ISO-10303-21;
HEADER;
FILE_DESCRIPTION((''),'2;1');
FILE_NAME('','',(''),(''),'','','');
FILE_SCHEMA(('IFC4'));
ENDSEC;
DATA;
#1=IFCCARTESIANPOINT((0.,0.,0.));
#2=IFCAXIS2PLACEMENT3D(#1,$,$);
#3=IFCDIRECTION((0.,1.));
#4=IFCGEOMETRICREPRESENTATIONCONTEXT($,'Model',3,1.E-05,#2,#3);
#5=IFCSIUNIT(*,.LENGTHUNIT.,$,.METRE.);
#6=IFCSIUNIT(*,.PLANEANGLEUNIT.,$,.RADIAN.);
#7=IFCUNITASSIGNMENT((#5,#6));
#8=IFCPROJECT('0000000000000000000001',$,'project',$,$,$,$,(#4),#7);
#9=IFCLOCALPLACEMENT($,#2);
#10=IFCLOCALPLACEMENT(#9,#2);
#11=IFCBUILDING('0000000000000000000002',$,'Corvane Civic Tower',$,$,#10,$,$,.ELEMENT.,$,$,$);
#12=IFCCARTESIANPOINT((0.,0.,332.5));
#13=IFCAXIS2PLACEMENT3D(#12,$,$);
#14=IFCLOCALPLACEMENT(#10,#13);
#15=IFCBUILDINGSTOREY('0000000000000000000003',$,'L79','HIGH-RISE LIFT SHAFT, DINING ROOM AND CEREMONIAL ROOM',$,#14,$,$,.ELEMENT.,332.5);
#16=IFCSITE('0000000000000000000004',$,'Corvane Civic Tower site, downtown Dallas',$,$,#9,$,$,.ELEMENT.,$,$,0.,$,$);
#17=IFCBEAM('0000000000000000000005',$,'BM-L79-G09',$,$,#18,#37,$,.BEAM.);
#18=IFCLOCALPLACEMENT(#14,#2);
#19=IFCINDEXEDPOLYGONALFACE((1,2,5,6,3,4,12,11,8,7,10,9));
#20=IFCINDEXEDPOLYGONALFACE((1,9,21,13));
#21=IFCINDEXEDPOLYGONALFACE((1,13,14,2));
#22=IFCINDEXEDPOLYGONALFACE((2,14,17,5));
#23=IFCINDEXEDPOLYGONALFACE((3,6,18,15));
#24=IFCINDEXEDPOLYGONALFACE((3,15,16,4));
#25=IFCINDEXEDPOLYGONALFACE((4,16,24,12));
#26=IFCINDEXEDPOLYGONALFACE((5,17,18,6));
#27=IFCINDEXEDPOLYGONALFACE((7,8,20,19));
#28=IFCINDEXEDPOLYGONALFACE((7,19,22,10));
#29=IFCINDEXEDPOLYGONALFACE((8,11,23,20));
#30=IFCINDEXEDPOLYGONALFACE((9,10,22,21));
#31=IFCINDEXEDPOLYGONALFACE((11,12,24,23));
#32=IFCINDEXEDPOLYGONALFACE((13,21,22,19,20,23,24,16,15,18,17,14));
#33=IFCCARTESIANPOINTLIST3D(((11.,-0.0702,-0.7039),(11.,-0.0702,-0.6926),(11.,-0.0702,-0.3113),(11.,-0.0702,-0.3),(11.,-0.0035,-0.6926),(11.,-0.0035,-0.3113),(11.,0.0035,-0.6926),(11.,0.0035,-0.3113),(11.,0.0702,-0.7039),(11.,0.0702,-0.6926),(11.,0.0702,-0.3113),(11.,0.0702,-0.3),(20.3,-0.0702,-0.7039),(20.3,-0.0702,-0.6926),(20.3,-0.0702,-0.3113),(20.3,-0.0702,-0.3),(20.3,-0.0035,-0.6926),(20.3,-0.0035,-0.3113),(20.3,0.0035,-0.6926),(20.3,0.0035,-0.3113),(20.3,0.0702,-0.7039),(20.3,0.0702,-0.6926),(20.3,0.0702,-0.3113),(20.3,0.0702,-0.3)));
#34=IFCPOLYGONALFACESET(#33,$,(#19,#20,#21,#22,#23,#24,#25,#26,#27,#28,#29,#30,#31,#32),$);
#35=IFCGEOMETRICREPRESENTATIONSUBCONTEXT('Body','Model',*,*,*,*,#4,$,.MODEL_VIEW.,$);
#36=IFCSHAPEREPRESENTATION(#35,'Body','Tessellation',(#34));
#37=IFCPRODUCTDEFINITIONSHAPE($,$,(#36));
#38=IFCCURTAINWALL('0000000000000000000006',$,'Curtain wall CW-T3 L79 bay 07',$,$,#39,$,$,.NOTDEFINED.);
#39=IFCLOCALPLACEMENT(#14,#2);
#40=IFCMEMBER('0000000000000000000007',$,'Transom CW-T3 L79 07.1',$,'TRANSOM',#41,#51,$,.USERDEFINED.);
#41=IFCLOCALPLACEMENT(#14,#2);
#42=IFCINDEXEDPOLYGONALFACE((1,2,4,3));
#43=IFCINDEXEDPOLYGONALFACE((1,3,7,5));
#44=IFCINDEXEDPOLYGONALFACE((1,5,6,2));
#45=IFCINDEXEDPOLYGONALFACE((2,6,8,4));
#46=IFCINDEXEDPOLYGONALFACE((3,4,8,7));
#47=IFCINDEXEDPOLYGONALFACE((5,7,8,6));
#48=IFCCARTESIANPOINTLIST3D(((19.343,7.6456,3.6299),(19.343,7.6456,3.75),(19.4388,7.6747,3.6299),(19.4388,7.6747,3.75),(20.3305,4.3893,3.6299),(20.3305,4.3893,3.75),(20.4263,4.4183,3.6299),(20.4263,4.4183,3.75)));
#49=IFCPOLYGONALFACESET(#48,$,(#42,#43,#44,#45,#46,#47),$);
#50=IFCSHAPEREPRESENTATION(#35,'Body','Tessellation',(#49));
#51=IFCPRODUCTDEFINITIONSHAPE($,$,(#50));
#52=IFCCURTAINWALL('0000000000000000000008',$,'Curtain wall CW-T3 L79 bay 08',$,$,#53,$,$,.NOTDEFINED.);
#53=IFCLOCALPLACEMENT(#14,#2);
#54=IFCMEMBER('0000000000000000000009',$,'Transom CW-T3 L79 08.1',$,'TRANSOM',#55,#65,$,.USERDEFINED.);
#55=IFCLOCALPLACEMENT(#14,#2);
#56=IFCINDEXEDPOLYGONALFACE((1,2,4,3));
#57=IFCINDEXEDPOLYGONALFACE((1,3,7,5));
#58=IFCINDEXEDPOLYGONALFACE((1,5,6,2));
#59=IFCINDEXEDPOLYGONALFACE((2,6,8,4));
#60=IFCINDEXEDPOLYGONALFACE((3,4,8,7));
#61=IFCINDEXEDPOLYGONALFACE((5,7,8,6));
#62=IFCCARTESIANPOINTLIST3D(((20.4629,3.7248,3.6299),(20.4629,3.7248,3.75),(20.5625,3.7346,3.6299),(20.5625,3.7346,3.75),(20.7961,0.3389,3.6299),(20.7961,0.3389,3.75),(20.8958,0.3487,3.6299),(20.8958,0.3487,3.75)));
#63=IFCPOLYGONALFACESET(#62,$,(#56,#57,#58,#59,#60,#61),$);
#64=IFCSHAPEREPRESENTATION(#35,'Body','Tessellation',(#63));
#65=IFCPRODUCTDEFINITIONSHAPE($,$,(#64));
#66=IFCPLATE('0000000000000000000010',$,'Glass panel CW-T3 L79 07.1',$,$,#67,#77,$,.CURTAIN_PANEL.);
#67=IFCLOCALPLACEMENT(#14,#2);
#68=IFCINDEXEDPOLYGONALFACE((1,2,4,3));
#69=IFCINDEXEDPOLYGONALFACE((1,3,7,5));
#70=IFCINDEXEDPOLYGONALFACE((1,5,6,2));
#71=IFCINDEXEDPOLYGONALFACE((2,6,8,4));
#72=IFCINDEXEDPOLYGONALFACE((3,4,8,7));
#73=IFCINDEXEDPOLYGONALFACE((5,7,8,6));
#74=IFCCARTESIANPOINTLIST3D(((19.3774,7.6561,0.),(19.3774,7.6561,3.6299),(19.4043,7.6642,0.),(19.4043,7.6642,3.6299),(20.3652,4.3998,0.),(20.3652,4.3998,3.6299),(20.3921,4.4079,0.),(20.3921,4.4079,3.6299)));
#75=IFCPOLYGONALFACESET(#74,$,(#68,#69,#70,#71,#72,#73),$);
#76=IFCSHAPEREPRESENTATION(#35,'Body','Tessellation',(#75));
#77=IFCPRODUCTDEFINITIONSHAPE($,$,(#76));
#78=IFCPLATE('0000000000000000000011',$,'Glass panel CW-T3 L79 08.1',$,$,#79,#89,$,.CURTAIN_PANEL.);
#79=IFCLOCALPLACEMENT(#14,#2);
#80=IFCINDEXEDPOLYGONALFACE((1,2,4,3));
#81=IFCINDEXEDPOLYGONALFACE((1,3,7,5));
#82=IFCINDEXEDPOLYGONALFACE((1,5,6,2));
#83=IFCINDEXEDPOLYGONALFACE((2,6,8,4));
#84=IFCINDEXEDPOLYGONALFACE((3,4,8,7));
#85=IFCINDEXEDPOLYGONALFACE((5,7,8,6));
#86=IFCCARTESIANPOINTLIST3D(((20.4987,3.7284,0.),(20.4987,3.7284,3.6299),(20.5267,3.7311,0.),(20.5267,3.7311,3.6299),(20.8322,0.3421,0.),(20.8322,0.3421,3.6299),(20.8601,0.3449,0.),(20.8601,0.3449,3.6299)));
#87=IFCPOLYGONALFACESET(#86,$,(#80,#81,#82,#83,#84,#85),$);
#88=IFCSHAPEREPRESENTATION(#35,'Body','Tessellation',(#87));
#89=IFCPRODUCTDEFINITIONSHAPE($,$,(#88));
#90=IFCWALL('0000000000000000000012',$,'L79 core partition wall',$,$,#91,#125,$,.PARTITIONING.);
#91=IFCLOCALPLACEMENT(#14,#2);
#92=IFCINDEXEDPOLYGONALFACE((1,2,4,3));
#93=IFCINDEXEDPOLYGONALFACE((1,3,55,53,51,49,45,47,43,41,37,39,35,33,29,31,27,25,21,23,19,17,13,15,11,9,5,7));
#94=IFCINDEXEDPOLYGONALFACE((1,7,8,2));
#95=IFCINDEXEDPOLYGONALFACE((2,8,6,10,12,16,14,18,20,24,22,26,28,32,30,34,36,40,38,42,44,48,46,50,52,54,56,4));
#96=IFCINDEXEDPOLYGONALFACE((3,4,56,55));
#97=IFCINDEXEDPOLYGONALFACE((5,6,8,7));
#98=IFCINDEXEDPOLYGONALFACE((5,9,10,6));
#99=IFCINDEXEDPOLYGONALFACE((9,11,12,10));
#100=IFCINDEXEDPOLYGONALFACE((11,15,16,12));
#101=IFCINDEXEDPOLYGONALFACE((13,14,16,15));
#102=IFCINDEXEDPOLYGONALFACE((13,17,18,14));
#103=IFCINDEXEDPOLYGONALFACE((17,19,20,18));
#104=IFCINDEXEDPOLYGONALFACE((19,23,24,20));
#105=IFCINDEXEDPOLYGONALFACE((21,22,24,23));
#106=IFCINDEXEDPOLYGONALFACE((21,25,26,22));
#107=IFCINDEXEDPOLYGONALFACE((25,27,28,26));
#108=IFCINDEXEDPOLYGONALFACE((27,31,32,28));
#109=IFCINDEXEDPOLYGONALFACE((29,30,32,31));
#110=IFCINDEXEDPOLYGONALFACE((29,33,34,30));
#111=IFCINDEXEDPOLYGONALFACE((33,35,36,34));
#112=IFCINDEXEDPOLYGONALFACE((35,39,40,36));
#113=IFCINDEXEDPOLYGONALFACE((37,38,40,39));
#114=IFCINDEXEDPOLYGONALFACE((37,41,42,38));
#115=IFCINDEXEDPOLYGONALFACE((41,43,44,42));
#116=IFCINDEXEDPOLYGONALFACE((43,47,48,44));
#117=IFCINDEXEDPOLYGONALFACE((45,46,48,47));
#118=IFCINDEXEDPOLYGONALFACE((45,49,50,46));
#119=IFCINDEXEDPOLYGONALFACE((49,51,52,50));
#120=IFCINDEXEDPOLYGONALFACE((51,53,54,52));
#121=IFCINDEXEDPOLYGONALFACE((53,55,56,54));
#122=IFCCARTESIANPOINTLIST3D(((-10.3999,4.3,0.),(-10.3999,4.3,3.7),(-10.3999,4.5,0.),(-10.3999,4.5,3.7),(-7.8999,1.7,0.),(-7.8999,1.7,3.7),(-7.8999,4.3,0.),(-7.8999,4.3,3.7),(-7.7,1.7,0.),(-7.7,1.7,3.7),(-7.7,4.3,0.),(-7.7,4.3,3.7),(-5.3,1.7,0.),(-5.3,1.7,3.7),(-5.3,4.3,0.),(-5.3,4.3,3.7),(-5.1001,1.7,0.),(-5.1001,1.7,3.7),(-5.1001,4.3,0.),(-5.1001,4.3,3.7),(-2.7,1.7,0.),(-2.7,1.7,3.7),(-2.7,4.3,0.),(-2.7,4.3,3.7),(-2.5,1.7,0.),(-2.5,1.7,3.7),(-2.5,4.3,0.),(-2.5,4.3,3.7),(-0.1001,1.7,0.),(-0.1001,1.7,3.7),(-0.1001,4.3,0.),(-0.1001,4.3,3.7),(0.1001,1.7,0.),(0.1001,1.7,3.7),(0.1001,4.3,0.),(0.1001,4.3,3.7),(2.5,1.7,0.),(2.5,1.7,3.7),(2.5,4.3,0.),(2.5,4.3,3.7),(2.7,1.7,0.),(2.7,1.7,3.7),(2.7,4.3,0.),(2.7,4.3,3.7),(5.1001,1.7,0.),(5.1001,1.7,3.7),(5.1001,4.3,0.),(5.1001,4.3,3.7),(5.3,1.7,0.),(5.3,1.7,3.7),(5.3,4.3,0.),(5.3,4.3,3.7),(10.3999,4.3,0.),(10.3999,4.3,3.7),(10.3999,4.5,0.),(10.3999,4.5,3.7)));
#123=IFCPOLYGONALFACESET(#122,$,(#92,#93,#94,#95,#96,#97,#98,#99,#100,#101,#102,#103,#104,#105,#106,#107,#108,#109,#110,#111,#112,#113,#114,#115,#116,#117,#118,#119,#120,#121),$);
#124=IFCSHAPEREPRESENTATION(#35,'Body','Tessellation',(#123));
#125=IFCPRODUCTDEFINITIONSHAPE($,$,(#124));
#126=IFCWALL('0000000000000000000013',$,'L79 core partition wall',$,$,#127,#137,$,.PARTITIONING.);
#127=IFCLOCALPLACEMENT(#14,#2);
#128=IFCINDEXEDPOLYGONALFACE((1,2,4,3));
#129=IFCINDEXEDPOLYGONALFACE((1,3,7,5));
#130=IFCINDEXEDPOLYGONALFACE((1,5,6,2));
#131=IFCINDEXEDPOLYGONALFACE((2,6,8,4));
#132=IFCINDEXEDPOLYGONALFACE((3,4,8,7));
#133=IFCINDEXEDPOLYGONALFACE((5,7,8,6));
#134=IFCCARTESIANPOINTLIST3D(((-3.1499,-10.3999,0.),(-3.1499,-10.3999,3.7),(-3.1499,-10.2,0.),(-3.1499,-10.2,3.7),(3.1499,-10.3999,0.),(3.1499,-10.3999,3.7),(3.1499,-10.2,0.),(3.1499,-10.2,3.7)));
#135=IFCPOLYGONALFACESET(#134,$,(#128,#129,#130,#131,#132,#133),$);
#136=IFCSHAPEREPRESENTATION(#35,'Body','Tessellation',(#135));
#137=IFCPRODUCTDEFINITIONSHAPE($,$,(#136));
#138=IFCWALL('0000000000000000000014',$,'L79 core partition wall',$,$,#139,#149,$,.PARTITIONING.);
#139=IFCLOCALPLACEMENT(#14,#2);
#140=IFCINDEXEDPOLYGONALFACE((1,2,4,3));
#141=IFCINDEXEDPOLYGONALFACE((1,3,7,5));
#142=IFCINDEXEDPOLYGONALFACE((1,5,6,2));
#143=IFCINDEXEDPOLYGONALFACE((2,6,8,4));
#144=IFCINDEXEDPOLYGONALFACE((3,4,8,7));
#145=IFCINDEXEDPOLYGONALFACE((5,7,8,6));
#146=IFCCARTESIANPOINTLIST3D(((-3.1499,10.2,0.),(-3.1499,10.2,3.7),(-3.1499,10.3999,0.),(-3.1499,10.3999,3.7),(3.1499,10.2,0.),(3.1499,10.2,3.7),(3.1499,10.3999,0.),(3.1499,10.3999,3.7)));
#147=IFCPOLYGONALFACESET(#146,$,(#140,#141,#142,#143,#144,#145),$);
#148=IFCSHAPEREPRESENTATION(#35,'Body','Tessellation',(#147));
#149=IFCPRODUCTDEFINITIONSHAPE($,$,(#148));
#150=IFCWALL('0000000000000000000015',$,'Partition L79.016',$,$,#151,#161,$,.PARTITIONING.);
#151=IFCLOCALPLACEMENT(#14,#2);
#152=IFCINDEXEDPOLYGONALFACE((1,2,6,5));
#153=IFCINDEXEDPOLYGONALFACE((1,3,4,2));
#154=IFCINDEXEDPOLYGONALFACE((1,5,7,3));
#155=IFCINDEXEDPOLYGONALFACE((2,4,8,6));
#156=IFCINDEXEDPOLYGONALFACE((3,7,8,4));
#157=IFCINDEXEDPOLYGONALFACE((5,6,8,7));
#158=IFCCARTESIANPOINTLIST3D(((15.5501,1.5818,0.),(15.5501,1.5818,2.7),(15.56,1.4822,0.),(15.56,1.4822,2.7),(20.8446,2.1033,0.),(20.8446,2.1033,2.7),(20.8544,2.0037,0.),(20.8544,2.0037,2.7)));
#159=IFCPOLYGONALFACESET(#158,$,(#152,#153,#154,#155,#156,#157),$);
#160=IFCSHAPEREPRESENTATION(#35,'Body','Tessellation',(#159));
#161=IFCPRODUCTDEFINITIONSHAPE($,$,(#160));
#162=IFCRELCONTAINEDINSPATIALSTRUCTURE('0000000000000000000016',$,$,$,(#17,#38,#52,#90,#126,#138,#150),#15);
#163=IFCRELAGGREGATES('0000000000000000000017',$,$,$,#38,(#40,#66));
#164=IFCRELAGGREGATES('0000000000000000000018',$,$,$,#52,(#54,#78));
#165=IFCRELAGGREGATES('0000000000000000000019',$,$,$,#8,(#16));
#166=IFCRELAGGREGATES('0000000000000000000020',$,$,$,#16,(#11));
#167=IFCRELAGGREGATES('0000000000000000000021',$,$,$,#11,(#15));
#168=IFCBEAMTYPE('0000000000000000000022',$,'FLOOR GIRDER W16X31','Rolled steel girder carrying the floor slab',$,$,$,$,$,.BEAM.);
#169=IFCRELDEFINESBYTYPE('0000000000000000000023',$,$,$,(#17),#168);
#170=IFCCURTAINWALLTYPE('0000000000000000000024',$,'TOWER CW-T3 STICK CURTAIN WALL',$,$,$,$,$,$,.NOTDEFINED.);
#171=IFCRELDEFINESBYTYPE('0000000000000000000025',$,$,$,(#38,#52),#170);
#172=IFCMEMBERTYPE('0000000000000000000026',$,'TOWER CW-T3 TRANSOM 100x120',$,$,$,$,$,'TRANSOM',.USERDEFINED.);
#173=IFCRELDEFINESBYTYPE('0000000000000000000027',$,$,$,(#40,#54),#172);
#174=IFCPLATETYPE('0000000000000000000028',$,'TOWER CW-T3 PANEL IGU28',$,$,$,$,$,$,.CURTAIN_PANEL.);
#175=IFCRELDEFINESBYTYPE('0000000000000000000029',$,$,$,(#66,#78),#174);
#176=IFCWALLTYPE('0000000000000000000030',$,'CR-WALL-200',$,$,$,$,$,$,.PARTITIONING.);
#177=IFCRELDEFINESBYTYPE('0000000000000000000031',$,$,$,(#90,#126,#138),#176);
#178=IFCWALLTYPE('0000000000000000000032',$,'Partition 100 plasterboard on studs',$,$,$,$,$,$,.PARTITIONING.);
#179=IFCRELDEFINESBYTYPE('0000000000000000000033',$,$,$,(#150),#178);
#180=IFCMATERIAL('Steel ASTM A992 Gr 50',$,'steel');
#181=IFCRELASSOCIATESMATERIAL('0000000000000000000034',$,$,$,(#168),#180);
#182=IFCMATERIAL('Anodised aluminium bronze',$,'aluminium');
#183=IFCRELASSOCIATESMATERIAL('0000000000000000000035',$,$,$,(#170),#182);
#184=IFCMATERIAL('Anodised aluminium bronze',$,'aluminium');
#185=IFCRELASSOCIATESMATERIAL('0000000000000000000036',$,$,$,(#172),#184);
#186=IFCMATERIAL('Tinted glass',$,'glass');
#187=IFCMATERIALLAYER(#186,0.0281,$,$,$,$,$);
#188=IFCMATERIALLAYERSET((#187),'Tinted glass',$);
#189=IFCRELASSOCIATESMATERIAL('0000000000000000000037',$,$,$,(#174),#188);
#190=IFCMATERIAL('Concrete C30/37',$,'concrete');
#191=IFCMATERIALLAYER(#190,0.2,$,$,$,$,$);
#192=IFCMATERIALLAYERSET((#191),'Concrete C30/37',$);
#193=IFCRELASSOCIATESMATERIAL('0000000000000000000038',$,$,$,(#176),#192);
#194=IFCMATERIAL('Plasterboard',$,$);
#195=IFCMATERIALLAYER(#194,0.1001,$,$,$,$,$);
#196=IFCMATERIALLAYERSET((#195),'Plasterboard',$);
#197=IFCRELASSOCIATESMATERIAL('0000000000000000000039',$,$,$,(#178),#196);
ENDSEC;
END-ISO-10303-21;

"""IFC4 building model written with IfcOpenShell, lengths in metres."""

from ifc_helpers import new_model, si_unit, direction, frame, frame_2d, origin, origin_2d, place, context, subcontext, project, spatial, polyline, rectangle, i_section, outline, extrude, material, layer, layer_set, material_profile, profile_set, type_object, element, aggregate, save


model = new_model("IFC4")

# Units and contexts
model_context = context("Model", 3, precision=1e-05, world=origin(), true_north=direction((0.0, 1.0)))
body_context = subcontext(model_context, "Body", "Model", "MODEL_VIEW")
ifc_project = project(units=[si_unit("LENGTHUNIT", "METRE"), si_unit("PLANEANGLEUNIT", "RADIAN")], contexts=[model_context])

# Site, building, storey
site_placement = place(None, origin())
site = spatial("IfcSite", under=ifc_project, at=site_placement, Name="Corvane Civic Tower site, downtown Dallas", CompositionType="ELEMENT", RefElevation=0.0)
building_placement = place(site_placement, origin())
building = spatial("IfcBuilding", under=site, at=building_placement, Name="Corvane Civic Tower", CompositionType="ELEMENT")
storey_placement = place(building_placement, frame((0.0, 0.0, 332.5)))
storey = spatial("IfcBuildingStorey", under=building, at=storey_placement, Name="L79", Description="HIGH-RISE LIFT SHAFT, DINING ROOM AND CEREMONIAL ROOM", CompositionType="ELEMENT", Elevation=332.5)

# Beam
ifc_material_1 = material(Name="Steel ASTM A992 Gr 50", Category="steel")
ifc_material_profile_1 = material_profile(ifc_material_1, i_section(OverallWidth=0.1404, OverallDepth=0.4038, WebThickness=0.0071, FlangeThickness=0.0112, at=origin_2d()), Name="W16X31")
ifc_profile_set_1 = profile_set([ifc_material_profile_1], Name="Steel ASTM A992 Gr 50")
beam_type_1 = type_object("IfcBeamType", Name="FLOOR GIRDER W16X31", Description="Rolled steel girder carrying the floor slab", PredefinedType="BEAM", material=ifc_profile_set_1)
beam_1_placement = place(storey_placement, frame((11.0, 0.0, -0.502), z_axis=(1.0, 0.0, 0.0), x_axis=(0.0, 1.0, 0.0)))
element("IfcBeam", 1, at=beam_1_placement, inside=storey, type_object=beam_type_1, Name="BM-L79-G09", PredefinedType="BEAM", context=body_context, shape_type="SweptSolid", body=[
    extrude(i_section(OverallWidth=0.1404, OverallDepth=0.4038, WebThickness=0.0071, FlangeThickness=0.0112, at=origin_2d()), origin(), (0.0, 0.0, 1.0), 9.3),
])

# Curtain walls, members
ifc_material_2 = material(Name="Anodised aluminium bronze", Category="aluminium")
curtain_wall_type = type_object("IfcCurtainWallType", Name="TOWER CW-T3 STICK CURTAIN WALL", PredefinedType="NOTDEFINED", material=ifc_material_2)
curtain_wall_1_placement = place(storey_placement, origin())
curtain_wall_1 = element("IfcCurtainWall", 2, at=curtain_wall_1_placement, inside=storey, type_object=curtain_wall_type, Name="Curtain wall CW-T3 L79 bay 07", PredefinedType="NOTDEFINED")
ifc_material_3 = material(Name="Anodised aluminium bronze", Category="aluminium")
ifc_material_profile_2 = material_profile(ifc_material_3, rectangle(XDim=0.1001, YDim=0.1201, at=origin_2d()), Name="TOWER CW-T3 TRANSOM 100x120")
ifc_profile_set_2 = profile_set([ifc_material_profile_2], Name="Anodised aluminium bronze")
member_type = type_object("IfcMemberType", Name="TOWER CW-T3 TRANSOM 100x120", ElementType="TRANSOM", PredefinedType="USERDEFINED", material=ifc_profile_set_2)
member_1_placement = place(storey_placement, frame((19.3909, 7.6602, 3.6899), z_axis=(0.290216, -0.956961, 0.0), x_axis=(0.956961, 0.290216, 0.0)))
member_1 = element("IfcMember", 3, at=member_1_placement, type_object=member_type, Name="Transom CW-T3 L79 07.1", ObjectType="TRANSOM", PredefinedType="USERDEFINED", context=body_context, shape_type="SweptSolid", body=[
    extrude(rectangle(XDim=0.1001, YDim=0.1201, at=origin_2d()), origin(), (0.0, 0.0, 1.0), 3.4028),
])
curtain_wall_2_placement = place(storey_placement, origin())
curtain_wall_2 = element("IfcCurtainWall", 4, at=curtain_wall_2_placement, inside=storey, type_object=curtain_wall_type, Name="Curtain wall CW-T3 L79 bay 08", PredefinedType="NOTDEFINED")
member_2_placement = place(storey_placement, frame((20.5127, 3.7297, 3.6899), z_axis=(0.097948, -0.995192, 0.0), x_axis=(0.995192, 0.097948, 0.0)))
member_2 = element("IfcMember", 5, at=member_2_placement, type_object=member_type, Name="Transom CW-T3 L79 08.1", ObjectType="TRANSOM", PredefinedType="USERDEFINED", context=body_context, shape_type="SweptSolid", body=[
    extrude(rectangle(XDim=0.1001, YDim=0.1201, at=origin_2d()), origin(), (0.0, 0.0, 1.0), 3.4023),
])

# Plates
ifc_material_4 = material(Name="Tinted glass", Category="glass")
ifc_layer_1 = layer(ifc_material_4, 0.0281)
ifc_layer_set_1 = layer_set([ifc_layer_1], Name="Tinted glass")
plate_type = type_object("IfcPlateType", Name="TOWER CW-T3 PANEL IGU28", PredefinedType="CURTAIN_PANEL", material=ifc_layer_set_1)
plate_1_placement = place(storey_placement, frame((19.8848, 6.032, 0.0), z_axis=(0.0, 0.0, 1.0), x_axis=(0.29029, -0.956939, 0.0)))
plate_1 = element("IfcPlate", 6, at=plate_1_placement, type_object=plate_type, Name="Glass panel CW-T3 L79 07.1", PredefinedType="CURTAIN_PANEL", context=body_context, shape_type="SweptSolid", body=[
    extrude(rectangle(XDim=3.4028, YDim=0.0281, at=origin_2d()), origin(), (0.0, 0.0, 1.0), 3.6299),
])
aggregate(curtain_wall_1, [member_1, plate_1])
plate_2_placement = place(storey_placement, frame((20.6794, 2.0366, 0.0), z_axis=(0.0, 0.0, 1.0), x_axis=(0.097998, -0.995187, 0.0)))
plate_2 = element("IfcPlate", 7, at=plate_2_placement, type_object=plate_type, Name="Glass panel CW-T3 L79 08.1", PredefinedType="CURTAIN_PANEL", context=body_context, shape_type="SweptSolid", body=[
    extrude(rectangle(XDim=3.4026, YDim=0.0281, at=origin_2d()), origin(), (0.0, 0.0, 1.0), 3.6299),
])
aggregate(curtain_wall_2, [member_2, plate_2])

# Walls
ifc_material_5 = material(Name="Concrete C30/37", Category="concrete")
ifc_layer_2 = layer(ifc_material_5, 0.2)
ifc_layer_set_2 = layer_set([ifc_layer_2], Name="Concrete C30/37")
wall_type_1 = type_object("IfcWallType", Name="CR-WALL-200", PredefinedType="PARTITIONING", material=ifc_layer_set_2)
wall_1_placement = place(storey_placement, origin())
element("IfcWall", 8, at=wall_1_placement, inside=storey, type_object=wall_type_1, Name="L79 core partition wall", PredefinedType="PARTITIONING", context=body_context, shape_type="SweptSolid", body=[
    extrude(outline(polyline([(-7.7, 1.7), (-7.8999, 1.7), (-7.8999, 4.3), (-10.3999, 4.3), (-10.3999, 4.5), (10.3999, 4.5), (10.3999, 4.3), (5.3, 4.3), (5.3, 1.7), (5.1001, 1.7), (5.1001, 4.3), (2.7, 4.3), (2.7, 1.7), (2.5, 1.7), (2.5, 4.3), (0.1001, 4.3), (0.1001, 1.7), (-0.1001, 1.7), (-0.1001, 4.3), (-2.5, 4.3), (-2.5, 1.7), (-2.7, 1.7), (-2.7, 4.3), (-5.1001, 4.3), (-5.1001, 1.7), (-5.3, 1.7), (-5.3, 4.3), (-7.7, 4.3), (-7.7, 1.7)])), origin(), (0.0, 0.0, 1.0), 3.7),
])
wall_2_placement = place(storey_placement, origin())
element("IfcWall", 9, at=wall_2_placement, inside=storey, type_object=wall_type_1, Name="L79 core partition wall", PredefinedType="PARTITIONING", context=body_context, shape_type="SweptSolid", body=[
    extrude(outline(polyline([(3.1499, -10.2), (3.1499, -10.3999), (-3.1499, -10.3999), (-3.1499, -10.2), (3.1499, -10.2)])), origin(), (0.0, 0.0, 1.0), 3.7),
])
wall_3_placement = place(storey_placement, origin())
element("IfcWall", 10, at=wall_3_placement, inside=storey, type_object=wall_type_1, Name="L79 core partition wall", PredefinedType="PARTITIONING", context=body_context, shape_type="SweptSolid", body=[
    extrude(outline(polyline([(3.1499, 10.2), (-3.1499, 10.2), (-3.1499, 10.3999), (3.1499, 10.3999), (3.1499, 10.2)])), origin(), (0.0, 0.0, 1.0), 3.7),
])
ifc_material_6 = material(Name="Plasterboard")
ifc_layer_3 = layer(ifc_material_6, 0.1001)
ifc_layer_set_3 = layer_set([ifc_layer_3], Name="Plasterboard")
wall_type_2 = type_object("IfcWallType", Name="Partition 100 plasterboard on studs", PredefinedType="PARTITIONING", material=ifc_layer_set_3)
wall_4_placement = place(storey_placement, frame((15.5549, 1.532, 0.0), z_axis=(0.0, 0.0, 1.0), x_axis=(0.995184, 0.098022, 0.0)))
element("IfcWall", 11, at=wall_4_placement, inside=storey, type_object=wall_type_2, Name="Partition L79.016", PredefinedType="PARTITIONING", context=body_context, shape_type="SweptSolid", body=[
    extrude(rectangle(XDim=5.3201, YDim=0.1001, at=frame_2d((2.6602, 0.0))), origin(), (0.0, 0.0, 1.0), 2.7),
])

save(model, "model.ifc")
